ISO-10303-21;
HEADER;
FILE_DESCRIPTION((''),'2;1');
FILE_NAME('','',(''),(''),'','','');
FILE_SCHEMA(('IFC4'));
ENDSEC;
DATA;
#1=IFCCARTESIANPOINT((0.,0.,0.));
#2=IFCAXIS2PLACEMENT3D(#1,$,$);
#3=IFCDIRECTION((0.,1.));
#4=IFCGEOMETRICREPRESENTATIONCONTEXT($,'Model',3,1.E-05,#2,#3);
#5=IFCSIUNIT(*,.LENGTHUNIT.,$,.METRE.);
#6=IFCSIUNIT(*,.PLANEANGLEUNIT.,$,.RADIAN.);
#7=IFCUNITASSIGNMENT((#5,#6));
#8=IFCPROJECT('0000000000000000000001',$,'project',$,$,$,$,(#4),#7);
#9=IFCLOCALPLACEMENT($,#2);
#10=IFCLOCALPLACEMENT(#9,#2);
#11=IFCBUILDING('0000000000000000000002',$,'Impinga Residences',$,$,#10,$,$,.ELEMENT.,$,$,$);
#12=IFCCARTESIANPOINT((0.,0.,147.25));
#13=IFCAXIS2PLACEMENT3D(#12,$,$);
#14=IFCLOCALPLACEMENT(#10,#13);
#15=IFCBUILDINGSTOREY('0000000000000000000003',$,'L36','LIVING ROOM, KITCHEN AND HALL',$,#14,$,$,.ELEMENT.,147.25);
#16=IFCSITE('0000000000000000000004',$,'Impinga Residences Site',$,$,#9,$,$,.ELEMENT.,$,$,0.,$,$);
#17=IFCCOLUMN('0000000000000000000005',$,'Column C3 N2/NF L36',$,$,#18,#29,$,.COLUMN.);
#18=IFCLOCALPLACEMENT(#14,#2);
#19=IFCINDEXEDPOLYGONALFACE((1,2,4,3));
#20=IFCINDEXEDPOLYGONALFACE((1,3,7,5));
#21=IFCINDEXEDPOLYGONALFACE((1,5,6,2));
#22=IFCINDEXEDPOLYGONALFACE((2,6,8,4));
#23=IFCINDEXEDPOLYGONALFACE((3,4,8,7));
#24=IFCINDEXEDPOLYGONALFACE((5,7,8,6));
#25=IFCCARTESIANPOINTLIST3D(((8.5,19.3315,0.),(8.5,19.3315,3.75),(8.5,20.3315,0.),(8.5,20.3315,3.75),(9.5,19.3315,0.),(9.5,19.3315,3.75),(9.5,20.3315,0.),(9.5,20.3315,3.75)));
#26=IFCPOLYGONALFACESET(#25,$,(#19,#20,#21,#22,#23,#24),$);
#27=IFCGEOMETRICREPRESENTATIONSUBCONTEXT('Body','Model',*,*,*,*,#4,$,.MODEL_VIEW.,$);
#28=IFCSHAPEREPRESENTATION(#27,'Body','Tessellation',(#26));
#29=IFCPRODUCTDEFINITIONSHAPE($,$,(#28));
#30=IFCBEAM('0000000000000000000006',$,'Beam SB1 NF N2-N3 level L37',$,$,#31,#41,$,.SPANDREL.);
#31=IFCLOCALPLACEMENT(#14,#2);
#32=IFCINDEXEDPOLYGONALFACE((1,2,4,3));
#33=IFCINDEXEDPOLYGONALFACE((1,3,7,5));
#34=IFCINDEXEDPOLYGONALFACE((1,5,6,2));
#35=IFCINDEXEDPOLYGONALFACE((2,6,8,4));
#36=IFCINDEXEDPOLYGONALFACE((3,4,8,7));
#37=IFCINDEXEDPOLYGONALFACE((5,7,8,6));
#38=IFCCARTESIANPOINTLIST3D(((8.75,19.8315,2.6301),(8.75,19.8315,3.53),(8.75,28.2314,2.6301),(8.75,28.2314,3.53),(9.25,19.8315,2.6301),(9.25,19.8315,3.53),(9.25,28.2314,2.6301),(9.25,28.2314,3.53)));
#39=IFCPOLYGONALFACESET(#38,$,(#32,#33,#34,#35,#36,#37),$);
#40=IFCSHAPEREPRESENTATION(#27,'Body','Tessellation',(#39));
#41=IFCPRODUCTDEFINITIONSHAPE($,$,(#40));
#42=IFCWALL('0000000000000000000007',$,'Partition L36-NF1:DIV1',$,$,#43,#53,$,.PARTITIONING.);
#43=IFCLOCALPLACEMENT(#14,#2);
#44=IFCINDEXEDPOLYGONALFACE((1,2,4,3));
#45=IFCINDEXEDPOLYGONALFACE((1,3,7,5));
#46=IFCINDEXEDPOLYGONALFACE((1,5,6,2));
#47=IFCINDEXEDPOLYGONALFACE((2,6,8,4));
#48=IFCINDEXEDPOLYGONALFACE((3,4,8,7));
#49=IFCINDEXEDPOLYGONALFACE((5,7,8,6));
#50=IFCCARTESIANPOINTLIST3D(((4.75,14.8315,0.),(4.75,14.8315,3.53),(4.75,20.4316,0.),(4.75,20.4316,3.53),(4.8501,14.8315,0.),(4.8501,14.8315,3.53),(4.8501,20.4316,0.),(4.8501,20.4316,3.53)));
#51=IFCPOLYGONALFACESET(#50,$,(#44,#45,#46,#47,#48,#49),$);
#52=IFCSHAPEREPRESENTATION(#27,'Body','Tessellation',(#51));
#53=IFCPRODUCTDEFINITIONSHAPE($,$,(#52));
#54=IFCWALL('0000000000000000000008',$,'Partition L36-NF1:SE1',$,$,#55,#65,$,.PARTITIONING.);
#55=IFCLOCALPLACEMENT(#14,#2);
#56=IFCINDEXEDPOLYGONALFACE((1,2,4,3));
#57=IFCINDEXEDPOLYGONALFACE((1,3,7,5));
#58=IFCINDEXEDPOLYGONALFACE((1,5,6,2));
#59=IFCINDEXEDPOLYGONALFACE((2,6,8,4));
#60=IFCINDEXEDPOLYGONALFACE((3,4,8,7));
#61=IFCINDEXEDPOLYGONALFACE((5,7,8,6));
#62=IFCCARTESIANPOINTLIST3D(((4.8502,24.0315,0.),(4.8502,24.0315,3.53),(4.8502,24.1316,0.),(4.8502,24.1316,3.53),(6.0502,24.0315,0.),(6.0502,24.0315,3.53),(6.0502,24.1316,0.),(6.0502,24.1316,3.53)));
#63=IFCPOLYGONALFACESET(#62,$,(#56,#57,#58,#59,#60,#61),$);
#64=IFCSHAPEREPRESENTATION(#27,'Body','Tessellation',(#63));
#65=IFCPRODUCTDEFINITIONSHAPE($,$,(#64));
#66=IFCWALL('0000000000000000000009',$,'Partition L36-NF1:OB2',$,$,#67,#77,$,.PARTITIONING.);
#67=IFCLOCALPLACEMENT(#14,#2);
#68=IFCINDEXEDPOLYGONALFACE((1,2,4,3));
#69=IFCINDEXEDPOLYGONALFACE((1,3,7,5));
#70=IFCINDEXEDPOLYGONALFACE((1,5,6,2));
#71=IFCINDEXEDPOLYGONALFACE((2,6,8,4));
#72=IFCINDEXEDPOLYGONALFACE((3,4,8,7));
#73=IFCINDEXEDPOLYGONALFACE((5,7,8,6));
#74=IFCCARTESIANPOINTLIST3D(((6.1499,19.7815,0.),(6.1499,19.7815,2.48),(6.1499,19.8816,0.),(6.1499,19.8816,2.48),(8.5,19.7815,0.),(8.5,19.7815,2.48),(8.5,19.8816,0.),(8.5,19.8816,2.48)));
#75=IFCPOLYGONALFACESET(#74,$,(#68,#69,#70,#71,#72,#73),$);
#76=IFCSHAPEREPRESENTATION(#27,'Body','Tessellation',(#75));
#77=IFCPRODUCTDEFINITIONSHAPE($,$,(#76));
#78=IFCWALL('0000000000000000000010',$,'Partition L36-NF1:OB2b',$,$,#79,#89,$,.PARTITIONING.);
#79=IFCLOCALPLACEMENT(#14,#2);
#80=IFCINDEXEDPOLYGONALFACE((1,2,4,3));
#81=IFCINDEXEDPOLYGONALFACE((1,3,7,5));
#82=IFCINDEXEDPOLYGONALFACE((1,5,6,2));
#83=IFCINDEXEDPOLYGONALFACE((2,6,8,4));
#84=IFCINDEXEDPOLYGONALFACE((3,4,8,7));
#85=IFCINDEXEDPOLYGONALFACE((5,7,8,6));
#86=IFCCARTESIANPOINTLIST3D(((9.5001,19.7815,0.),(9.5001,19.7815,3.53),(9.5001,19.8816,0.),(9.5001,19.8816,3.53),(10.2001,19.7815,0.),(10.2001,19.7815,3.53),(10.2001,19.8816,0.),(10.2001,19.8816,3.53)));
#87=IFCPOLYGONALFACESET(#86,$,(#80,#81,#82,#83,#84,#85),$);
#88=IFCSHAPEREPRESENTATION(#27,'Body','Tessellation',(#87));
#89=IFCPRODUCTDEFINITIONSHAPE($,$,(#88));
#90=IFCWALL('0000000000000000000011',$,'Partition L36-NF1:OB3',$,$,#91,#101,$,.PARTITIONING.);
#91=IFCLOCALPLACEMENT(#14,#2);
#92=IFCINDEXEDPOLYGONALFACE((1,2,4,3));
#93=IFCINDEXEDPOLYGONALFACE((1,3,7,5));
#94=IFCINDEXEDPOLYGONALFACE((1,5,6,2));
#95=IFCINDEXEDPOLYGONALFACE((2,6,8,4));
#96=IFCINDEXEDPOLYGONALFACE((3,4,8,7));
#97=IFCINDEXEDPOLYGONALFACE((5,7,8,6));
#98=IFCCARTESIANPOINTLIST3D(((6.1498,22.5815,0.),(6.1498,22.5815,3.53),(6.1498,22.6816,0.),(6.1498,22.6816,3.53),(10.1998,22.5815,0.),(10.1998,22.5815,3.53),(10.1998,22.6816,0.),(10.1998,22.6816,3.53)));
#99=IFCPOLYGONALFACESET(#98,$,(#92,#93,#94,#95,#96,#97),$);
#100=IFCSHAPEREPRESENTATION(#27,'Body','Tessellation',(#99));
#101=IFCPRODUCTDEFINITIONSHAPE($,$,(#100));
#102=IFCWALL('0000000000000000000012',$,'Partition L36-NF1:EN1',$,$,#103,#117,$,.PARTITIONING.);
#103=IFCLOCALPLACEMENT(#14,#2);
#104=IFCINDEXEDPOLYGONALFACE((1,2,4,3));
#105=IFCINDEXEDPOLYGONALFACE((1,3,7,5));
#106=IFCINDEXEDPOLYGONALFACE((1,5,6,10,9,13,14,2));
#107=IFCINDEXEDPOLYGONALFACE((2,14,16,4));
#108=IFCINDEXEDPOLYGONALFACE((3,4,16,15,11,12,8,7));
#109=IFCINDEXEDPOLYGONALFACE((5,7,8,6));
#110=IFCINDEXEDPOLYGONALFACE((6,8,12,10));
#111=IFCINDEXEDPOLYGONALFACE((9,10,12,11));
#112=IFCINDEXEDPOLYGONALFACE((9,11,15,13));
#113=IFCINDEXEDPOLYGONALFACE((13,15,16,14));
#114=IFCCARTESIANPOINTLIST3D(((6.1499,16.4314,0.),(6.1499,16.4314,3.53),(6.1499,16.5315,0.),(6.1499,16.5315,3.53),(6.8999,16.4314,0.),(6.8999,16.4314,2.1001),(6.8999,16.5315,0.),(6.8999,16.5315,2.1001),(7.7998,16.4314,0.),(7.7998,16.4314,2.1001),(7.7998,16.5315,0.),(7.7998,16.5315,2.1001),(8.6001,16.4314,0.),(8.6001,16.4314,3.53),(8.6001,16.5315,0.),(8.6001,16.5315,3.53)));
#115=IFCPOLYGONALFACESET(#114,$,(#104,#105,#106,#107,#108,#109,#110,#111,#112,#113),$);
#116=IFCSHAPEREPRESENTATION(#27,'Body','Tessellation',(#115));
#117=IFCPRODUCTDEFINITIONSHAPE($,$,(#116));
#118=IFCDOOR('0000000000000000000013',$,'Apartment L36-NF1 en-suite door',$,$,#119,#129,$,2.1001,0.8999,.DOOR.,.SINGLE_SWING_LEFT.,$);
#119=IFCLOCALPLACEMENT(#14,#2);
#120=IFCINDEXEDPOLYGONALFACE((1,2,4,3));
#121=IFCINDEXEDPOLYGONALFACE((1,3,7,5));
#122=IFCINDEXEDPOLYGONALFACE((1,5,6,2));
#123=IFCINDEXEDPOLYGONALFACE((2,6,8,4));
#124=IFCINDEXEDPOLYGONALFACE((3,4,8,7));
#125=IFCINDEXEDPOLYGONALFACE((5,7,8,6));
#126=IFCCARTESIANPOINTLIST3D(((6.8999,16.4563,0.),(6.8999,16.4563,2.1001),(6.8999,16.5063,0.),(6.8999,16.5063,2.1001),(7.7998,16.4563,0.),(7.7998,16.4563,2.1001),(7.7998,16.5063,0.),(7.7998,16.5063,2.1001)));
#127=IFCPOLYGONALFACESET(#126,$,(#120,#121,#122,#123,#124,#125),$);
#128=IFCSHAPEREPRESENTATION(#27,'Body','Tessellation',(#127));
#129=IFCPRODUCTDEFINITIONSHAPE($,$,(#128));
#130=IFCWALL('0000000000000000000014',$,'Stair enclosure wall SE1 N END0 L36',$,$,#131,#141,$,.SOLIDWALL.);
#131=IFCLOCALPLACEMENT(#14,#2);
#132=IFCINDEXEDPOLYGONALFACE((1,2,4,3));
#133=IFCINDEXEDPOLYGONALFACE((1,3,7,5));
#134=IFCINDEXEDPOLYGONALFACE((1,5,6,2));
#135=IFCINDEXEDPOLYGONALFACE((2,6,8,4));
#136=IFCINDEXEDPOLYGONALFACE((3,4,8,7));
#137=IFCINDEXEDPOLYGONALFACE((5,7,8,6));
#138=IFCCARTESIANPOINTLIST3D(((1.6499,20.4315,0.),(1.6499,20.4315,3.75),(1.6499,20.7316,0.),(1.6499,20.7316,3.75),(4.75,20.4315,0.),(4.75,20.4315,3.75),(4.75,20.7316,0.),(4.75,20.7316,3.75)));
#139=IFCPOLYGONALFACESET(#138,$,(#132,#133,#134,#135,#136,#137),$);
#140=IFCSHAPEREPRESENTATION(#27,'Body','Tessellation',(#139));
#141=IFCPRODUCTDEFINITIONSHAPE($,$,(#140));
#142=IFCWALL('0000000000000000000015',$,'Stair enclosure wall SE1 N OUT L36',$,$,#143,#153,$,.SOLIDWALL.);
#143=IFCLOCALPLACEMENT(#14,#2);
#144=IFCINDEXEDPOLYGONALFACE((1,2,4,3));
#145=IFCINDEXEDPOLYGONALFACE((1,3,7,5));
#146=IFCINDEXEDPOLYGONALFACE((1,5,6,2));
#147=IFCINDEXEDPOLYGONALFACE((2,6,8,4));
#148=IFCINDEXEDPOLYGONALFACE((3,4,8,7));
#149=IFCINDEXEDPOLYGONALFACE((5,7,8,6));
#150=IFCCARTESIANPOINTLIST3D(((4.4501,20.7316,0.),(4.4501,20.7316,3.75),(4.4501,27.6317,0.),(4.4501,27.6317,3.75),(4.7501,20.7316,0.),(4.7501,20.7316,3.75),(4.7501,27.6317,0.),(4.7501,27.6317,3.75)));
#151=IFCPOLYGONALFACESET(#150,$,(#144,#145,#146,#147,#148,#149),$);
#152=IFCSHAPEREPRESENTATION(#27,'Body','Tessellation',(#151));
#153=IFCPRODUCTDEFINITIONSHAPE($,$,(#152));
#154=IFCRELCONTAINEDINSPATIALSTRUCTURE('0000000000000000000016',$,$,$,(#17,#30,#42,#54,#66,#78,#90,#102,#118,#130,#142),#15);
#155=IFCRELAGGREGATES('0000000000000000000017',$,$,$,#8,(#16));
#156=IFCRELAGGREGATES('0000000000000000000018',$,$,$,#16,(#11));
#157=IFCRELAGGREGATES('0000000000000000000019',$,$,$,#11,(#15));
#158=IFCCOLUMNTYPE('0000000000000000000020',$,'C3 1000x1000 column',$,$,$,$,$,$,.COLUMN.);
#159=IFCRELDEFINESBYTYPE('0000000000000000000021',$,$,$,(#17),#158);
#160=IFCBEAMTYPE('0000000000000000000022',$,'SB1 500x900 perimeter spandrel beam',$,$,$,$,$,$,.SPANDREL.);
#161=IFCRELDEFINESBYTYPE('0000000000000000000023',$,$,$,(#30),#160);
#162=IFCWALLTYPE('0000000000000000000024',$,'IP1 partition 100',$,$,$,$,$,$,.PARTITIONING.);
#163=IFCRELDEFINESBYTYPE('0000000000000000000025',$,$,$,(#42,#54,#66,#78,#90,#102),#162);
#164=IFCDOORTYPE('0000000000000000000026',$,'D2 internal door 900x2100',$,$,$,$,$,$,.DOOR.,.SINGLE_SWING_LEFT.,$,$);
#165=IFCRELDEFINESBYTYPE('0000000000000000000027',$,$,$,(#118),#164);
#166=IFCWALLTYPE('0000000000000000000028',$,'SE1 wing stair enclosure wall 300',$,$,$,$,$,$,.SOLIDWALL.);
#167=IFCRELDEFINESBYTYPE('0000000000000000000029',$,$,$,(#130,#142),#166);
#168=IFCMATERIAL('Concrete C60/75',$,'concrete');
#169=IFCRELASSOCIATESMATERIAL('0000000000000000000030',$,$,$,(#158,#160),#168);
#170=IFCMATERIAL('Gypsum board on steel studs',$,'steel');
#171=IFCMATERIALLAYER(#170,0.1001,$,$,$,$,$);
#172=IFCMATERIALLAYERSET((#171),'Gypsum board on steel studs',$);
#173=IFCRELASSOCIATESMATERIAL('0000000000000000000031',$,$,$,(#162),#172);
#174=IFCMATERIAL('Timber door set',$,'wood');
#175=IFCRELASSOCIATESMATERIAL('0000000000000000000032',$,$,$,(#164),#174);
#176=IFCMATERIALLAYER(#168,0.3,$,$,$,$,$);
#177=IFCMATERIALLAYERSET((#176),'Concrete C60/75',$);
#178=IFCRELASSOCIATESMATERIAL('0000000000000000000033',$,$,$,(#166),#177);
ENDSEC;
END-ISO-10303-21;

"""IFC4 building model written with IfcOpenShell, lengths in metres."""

from ifc_helpers import new_model, si_unit, direction, frame, frame_2d, origin, origin_2d, place, context, subcontext, project, spatial, rectangle, extrude, material, layer, layer_set, material_profile, profile_set, type_object, element, fill, save


model = new_model("IFC4")

# Units and contexts
model_context = context("Model", 3, precision=1e-05, world=origin(), true_north=direction((0.0, 1.0)))
body_context = subcontext(model_context, "Body", "Model", "MODEL_VIEW")
ifc_project = project(units=[si_unit("LENGTHUNIT", "METRE"), si_unit("PLANEANGLEUNIT", "RADIAN")], contexts=[model_context])

# Site, building, storey
site_placement = place(None, origin())
site = spatial("IfcSite", under=ifc_project, at=site_placement, Name="Impinga Residences Site", CompositionType="ELEMENT", RefElevation=0.0)
building_placement = place(site_placement, origin())
building = spatial("IfcBuilding", under=site, at=building_placement, Name="Impinga Residences", CompositionType="ELEMENT")
storey_placement = place(building_placement, frame((0.0, 0.0, 147.25)))
storey = spatial("IfcBuildingStorey", under=building, at=storey_placement, Name="L36", Description="LIVING ROOM, KITCHEN AND HALL", CompositionType="ELEMENT", Elevation=147.25)

# Column
ifc_material_1 = material(Name="Concrete C60/75", Category="concrete")
ifc_material_profile_1 = material_profile(ifc_material_1, rectangle(XDim=1.0, YDim=1.0, at=origin_2d()), Name="RC 1000x1000")
ifc_profile_set_1 = profile_set([ifc_material_profile_1], Name="Concrete C60/75")
column_type = type_object("IfcColumnType", Name="C3 1000x1000 column", PredefinedType="COLUMN", material=ifc_profile_set_1)
column_placement = place(storey_placement, frame((9.0, 19.8315, 0.0), z_axis=(0.0, 0.0, 1.0), x_axis=(1.0, 0.0, 0.0)))
element("IfcColumn", 1, at=column_placement, inside=storey, type_object=column_type, Name="Column C3 N2/NF L36", PredefinedType="COLUMN", context=body_context, shape_type="SweptSolid", body=[
    extrude(rectangle(XDim=1.0, YDim=1.0, at=origin_2d()), origin(), (0.0, 0.0, 1.0), 3.75),
])

# Beam
ifc_material_profile_2 = material_profile(ifc_material_1, rectangle(XDim=0.5, YDim=0.8999, at=origin_2d()), Name="RC 500x900")
ifc_profile_set_2 = profile_set([ifc_material_profile_2], Name="Concrete C60/75")
beam_type = type_object("IfcBeamType", Name="SB1 500x900 perimeter spandrel beam", PredefinedType="SPANDREL", material=ifc_profile_set_2)
beam_placement = place(storey_placement, frame((9.0, 19.8315, 3.0801), z_axis=(0.0, 1.0, 0.0), x_axis=(-1.0, 0.0, 0.0)))
element("IfcBeam", 2, at=beam_placement, inside=storey, type_object=beam_type, Name="Beam SB1 NF N2-N3 level L37", PredefinedType="SPANDREL", context=body_context, shape_type="SweptSolid", body=[
    extrude(rectangle(XDim=0.5, YDim=0.8999, at=origin_2d()), origin(), (0.0, 0.0, 1.0), 8.3999),
])

# Walls
ifc_material_2 = material(Name="Gypsum board on steel studs", Category="steel")
ifc_layer_1 = layer(ifc_material_2, 0.1001)
ifc_layer_set_1 = layer_set([ifc_layer_1], Name="Gypsum board on steel studs")
wall_type_1 = type_object("IfcWallType", Name="IP1 partition 100", PredefinedType="PARTITIONING", material=ifc_layer_set_1)
wall_1_placement = place(storey_placement, frame((4.8, 14.8315, 0.0), z_axis=(0.0, 0.0, 1.0), x_axis=(0.0, 1.0, 0.0)))
element("IfcWall", 3, at=wall_1_placement, inside=storey, type_object=wall_type_1, Name="Partition L36-NF1:DIV1", PredefinedType="PARTITIONING", context=body_context, shape_type="SweptSolid", body=[
    extrude(rectangle(XDim=5.6001, YDim=0.1001, at=frame_2d((2.8, 0.0))), origin(), (0.0, 0.0, 1.0), 3.53),
])
wall_2_placement = place(storey_placement, frame((4.8501, 24.0815, 0.0), z_axis=(0.0, 0.0, 1.0), x_axis=(1.0, 0.0, 0.0)))
element("IfcWall", 4, at=wall_2_placement, inside=storey, type_object=wall_type_1, Name="Partition L36-NF1:SE1", PredefinedType="PARTITIONING", context=body_context, shape_type="SweptSolid", body=[
    extrude(rectangle(XDim=1.2, YDim=0.1001, at=frame_2d((0.6001, 0.0))), origin(), (0.0, 0.0, 1.0), 3.53),
])
wall_3_placement = place(storey_placement, frame((6.1499, 19.8315, 0.0), z_axis=(0.0, 0.0, 1.0), x_axis=(1.0, 0.0, 0.0)))
element("IfcWall", 5, at=wall_3_placement, inside=storey, type_object=wall_type_1, Name="Partition L36-NF1:OB2", PredefinedType="PARTITIONING", context=body_context, shape_type="SweptSolid", body=[
    extrude(rectangle(XDim=2.3501, YDim=0.1001, at=frame_2d((1.175, 0.0))), origin(), (0.0, 0.0, 1.0), 2.48),
])
wall_4_placement = place(storey_placement, frame((9.5, 19.8315, 0.0), z_axis=(0.0, 0.0, 1.0), x_axis=(1.0, 0.0, 0.0)))
element("IfcWall", 6, at=wall_4_placement, inside=storey, type_object=wall_type_1, Name="Partition L36-NF1:OB2b", PredefinedType="PARTITIONING", context=body_context, shape_type="SweptSolid", body=[
    extrude(rectangle(XDim=0.7, YDim=0.1001, at=frame_2d((0.3501, 0.0))), origin(), (0.0, 0.0, 1.0), 3.53),
])
wall_5_placement = place(storey_placement, frame((6.1499, 22.6316, 0.0), z_axis=(0.0, 0.0, 1.0), x_axis=(1.0, 0.0, 0.0)))
element("IfcWall", 7, at=wall_5_placement, inside=storey, type_object=wall_type_1, Name="Partition L36-NF1:OB3", PredefinedType="PARTITIONING", context=body_context, shape_type="SweptSolid", body=[
    extrude(rectangle(XDim=4.05, YDim=0.1001, at=frame_2d((2.0249, 0.0))), origin(), (0.0, 0.0, 1.0), 3.53),
])

# Wall, opening, door
wall_6_placement = place(storey_placement, frame((6.1499, 16.4814, 0.0), z_axis=(0.0, 0.0, 1.0), x_axis=(1.0, 0.0, 0.0)))
wall_6 = element("IfcWall", 8, at=wall_6_placement, inside=storey, type_object=wall_type_1, Name="Partition L36-NF1:EN1", PredefinedType="PARTITIONING", context=body_context, shape_type="SweptSolid", body=[
    extrude(rectangle(XDim=2.4502, YDim=0.1001, at=frame_2d((1.2251, 0.0))), origin(), (0.0, 0.0, 1.0), 3.53),
])
opening_placement = place(wall_6_placement, frame((0.75, 0.0, 0.0)))
opening = element("IfcOpeningElement", 9, at=opening_placement, cuts=wall_6, PredefinedType="OPENING", context=body_context, shape_type="SweptSolid", body=[
    extrude(rectangle(XDim=0.8999, YDim=2.1001, at=frame_2d((0.45, 1.05))), frame((0.0, 0.0601, 0.0), z_axis=(0.0, -1.0, 0.0), x_axis=(1.0, 0.0, 0.0)), (0.0, 0.0, 1.0), 0.1201),
])
ifc_material_3 = material(Name="Timber door set", Category="wood")
door_type = type_object("IfcDoorType", Name="D2 internal door 900x2100", OperationType="SINGLE_SWING_LEFT", PredefinedType="DOOR", material=ifc_material_3)
door_placement = place(opening_placement, origin())
door = element("IfcDoor", 10, at=door_placement, inside=storey, type_object=door_type, Name="Apartment L36-NF1 en-suite door", OperationType="SINGLE_SWING_LEFT", OverallHeight=2.1001, OverallWidth=0.8999, PredefinedType="DOOR", context=body_context, shape_type="SweptSolid", body=[
    extrude(rectangle(XDim=0.8999, YDim=2.1001, at=frame_2d((0.45, 1.05))), frame((0.0, 0.0249, 0.0), z_axis=(0.0, -1.0, 0.0), x_axis=(1.0, 0.0, 0.0)), (0.0, 0.0, 1.0), 0.05),
])
fill(opening, door)

# Walls
ifc_layer_2 = layer(ifc_material_1, 0.3)
ifc_layer_set_2 = layer_set([ifc_layer_2], Name="Concrete C60/75")
wall_type_2 = type_object("IfcWallType", Name="SE1 wing stair enclosure wall 300", PredefinedType="SOLIDWALL", material=ifc_layer_set_2)
wall_7_placement = place(storey_placement, frame((1.6499, 20.5815, 0.0), z_axis=(0.0, 0.0, 1.0), x_axis=(1.0, 0.0, 0.0)))
element("IfcWall", 11, at=wall_7_placement, inside=storey, type_object=wall_type_2, Name="Stair enclosure wall SE1 N END0 L36", PredefinedType="SOLIDWALL", context=body_context, shape_type="SweptSolid", body=[
    extrude(rectangle(XDim=3.1001, YDim=0.3, at=frame_2d((1.55, 0.0))), origin(), (0.0, 0.0, 1.0), 3.75),
])
wall_8_placement = place(storey_placement, frame((4.6001, 20.7314, 0.0), z_axis=(0.0, 0.0, 1.0), x_axis=(0.0, 1.0, 0.0)))
element("IfcWall", 12, at=wall_8_placement, inside=storey, type_object=wall_type_2, Name="Stair enclosure wall SE1 N OUT L36", PredefinedType="SOLIDWALL", context=body_context, shape_type="SweptSolid", body=[
    extrude(rectangle(XDim=6.9001, YDim=0.3, at=frame_2d((3.4502, 0.0))), origin(), (0.0, 0.0, 1.0), 3.75),
])

save(model, "model.ifc")
